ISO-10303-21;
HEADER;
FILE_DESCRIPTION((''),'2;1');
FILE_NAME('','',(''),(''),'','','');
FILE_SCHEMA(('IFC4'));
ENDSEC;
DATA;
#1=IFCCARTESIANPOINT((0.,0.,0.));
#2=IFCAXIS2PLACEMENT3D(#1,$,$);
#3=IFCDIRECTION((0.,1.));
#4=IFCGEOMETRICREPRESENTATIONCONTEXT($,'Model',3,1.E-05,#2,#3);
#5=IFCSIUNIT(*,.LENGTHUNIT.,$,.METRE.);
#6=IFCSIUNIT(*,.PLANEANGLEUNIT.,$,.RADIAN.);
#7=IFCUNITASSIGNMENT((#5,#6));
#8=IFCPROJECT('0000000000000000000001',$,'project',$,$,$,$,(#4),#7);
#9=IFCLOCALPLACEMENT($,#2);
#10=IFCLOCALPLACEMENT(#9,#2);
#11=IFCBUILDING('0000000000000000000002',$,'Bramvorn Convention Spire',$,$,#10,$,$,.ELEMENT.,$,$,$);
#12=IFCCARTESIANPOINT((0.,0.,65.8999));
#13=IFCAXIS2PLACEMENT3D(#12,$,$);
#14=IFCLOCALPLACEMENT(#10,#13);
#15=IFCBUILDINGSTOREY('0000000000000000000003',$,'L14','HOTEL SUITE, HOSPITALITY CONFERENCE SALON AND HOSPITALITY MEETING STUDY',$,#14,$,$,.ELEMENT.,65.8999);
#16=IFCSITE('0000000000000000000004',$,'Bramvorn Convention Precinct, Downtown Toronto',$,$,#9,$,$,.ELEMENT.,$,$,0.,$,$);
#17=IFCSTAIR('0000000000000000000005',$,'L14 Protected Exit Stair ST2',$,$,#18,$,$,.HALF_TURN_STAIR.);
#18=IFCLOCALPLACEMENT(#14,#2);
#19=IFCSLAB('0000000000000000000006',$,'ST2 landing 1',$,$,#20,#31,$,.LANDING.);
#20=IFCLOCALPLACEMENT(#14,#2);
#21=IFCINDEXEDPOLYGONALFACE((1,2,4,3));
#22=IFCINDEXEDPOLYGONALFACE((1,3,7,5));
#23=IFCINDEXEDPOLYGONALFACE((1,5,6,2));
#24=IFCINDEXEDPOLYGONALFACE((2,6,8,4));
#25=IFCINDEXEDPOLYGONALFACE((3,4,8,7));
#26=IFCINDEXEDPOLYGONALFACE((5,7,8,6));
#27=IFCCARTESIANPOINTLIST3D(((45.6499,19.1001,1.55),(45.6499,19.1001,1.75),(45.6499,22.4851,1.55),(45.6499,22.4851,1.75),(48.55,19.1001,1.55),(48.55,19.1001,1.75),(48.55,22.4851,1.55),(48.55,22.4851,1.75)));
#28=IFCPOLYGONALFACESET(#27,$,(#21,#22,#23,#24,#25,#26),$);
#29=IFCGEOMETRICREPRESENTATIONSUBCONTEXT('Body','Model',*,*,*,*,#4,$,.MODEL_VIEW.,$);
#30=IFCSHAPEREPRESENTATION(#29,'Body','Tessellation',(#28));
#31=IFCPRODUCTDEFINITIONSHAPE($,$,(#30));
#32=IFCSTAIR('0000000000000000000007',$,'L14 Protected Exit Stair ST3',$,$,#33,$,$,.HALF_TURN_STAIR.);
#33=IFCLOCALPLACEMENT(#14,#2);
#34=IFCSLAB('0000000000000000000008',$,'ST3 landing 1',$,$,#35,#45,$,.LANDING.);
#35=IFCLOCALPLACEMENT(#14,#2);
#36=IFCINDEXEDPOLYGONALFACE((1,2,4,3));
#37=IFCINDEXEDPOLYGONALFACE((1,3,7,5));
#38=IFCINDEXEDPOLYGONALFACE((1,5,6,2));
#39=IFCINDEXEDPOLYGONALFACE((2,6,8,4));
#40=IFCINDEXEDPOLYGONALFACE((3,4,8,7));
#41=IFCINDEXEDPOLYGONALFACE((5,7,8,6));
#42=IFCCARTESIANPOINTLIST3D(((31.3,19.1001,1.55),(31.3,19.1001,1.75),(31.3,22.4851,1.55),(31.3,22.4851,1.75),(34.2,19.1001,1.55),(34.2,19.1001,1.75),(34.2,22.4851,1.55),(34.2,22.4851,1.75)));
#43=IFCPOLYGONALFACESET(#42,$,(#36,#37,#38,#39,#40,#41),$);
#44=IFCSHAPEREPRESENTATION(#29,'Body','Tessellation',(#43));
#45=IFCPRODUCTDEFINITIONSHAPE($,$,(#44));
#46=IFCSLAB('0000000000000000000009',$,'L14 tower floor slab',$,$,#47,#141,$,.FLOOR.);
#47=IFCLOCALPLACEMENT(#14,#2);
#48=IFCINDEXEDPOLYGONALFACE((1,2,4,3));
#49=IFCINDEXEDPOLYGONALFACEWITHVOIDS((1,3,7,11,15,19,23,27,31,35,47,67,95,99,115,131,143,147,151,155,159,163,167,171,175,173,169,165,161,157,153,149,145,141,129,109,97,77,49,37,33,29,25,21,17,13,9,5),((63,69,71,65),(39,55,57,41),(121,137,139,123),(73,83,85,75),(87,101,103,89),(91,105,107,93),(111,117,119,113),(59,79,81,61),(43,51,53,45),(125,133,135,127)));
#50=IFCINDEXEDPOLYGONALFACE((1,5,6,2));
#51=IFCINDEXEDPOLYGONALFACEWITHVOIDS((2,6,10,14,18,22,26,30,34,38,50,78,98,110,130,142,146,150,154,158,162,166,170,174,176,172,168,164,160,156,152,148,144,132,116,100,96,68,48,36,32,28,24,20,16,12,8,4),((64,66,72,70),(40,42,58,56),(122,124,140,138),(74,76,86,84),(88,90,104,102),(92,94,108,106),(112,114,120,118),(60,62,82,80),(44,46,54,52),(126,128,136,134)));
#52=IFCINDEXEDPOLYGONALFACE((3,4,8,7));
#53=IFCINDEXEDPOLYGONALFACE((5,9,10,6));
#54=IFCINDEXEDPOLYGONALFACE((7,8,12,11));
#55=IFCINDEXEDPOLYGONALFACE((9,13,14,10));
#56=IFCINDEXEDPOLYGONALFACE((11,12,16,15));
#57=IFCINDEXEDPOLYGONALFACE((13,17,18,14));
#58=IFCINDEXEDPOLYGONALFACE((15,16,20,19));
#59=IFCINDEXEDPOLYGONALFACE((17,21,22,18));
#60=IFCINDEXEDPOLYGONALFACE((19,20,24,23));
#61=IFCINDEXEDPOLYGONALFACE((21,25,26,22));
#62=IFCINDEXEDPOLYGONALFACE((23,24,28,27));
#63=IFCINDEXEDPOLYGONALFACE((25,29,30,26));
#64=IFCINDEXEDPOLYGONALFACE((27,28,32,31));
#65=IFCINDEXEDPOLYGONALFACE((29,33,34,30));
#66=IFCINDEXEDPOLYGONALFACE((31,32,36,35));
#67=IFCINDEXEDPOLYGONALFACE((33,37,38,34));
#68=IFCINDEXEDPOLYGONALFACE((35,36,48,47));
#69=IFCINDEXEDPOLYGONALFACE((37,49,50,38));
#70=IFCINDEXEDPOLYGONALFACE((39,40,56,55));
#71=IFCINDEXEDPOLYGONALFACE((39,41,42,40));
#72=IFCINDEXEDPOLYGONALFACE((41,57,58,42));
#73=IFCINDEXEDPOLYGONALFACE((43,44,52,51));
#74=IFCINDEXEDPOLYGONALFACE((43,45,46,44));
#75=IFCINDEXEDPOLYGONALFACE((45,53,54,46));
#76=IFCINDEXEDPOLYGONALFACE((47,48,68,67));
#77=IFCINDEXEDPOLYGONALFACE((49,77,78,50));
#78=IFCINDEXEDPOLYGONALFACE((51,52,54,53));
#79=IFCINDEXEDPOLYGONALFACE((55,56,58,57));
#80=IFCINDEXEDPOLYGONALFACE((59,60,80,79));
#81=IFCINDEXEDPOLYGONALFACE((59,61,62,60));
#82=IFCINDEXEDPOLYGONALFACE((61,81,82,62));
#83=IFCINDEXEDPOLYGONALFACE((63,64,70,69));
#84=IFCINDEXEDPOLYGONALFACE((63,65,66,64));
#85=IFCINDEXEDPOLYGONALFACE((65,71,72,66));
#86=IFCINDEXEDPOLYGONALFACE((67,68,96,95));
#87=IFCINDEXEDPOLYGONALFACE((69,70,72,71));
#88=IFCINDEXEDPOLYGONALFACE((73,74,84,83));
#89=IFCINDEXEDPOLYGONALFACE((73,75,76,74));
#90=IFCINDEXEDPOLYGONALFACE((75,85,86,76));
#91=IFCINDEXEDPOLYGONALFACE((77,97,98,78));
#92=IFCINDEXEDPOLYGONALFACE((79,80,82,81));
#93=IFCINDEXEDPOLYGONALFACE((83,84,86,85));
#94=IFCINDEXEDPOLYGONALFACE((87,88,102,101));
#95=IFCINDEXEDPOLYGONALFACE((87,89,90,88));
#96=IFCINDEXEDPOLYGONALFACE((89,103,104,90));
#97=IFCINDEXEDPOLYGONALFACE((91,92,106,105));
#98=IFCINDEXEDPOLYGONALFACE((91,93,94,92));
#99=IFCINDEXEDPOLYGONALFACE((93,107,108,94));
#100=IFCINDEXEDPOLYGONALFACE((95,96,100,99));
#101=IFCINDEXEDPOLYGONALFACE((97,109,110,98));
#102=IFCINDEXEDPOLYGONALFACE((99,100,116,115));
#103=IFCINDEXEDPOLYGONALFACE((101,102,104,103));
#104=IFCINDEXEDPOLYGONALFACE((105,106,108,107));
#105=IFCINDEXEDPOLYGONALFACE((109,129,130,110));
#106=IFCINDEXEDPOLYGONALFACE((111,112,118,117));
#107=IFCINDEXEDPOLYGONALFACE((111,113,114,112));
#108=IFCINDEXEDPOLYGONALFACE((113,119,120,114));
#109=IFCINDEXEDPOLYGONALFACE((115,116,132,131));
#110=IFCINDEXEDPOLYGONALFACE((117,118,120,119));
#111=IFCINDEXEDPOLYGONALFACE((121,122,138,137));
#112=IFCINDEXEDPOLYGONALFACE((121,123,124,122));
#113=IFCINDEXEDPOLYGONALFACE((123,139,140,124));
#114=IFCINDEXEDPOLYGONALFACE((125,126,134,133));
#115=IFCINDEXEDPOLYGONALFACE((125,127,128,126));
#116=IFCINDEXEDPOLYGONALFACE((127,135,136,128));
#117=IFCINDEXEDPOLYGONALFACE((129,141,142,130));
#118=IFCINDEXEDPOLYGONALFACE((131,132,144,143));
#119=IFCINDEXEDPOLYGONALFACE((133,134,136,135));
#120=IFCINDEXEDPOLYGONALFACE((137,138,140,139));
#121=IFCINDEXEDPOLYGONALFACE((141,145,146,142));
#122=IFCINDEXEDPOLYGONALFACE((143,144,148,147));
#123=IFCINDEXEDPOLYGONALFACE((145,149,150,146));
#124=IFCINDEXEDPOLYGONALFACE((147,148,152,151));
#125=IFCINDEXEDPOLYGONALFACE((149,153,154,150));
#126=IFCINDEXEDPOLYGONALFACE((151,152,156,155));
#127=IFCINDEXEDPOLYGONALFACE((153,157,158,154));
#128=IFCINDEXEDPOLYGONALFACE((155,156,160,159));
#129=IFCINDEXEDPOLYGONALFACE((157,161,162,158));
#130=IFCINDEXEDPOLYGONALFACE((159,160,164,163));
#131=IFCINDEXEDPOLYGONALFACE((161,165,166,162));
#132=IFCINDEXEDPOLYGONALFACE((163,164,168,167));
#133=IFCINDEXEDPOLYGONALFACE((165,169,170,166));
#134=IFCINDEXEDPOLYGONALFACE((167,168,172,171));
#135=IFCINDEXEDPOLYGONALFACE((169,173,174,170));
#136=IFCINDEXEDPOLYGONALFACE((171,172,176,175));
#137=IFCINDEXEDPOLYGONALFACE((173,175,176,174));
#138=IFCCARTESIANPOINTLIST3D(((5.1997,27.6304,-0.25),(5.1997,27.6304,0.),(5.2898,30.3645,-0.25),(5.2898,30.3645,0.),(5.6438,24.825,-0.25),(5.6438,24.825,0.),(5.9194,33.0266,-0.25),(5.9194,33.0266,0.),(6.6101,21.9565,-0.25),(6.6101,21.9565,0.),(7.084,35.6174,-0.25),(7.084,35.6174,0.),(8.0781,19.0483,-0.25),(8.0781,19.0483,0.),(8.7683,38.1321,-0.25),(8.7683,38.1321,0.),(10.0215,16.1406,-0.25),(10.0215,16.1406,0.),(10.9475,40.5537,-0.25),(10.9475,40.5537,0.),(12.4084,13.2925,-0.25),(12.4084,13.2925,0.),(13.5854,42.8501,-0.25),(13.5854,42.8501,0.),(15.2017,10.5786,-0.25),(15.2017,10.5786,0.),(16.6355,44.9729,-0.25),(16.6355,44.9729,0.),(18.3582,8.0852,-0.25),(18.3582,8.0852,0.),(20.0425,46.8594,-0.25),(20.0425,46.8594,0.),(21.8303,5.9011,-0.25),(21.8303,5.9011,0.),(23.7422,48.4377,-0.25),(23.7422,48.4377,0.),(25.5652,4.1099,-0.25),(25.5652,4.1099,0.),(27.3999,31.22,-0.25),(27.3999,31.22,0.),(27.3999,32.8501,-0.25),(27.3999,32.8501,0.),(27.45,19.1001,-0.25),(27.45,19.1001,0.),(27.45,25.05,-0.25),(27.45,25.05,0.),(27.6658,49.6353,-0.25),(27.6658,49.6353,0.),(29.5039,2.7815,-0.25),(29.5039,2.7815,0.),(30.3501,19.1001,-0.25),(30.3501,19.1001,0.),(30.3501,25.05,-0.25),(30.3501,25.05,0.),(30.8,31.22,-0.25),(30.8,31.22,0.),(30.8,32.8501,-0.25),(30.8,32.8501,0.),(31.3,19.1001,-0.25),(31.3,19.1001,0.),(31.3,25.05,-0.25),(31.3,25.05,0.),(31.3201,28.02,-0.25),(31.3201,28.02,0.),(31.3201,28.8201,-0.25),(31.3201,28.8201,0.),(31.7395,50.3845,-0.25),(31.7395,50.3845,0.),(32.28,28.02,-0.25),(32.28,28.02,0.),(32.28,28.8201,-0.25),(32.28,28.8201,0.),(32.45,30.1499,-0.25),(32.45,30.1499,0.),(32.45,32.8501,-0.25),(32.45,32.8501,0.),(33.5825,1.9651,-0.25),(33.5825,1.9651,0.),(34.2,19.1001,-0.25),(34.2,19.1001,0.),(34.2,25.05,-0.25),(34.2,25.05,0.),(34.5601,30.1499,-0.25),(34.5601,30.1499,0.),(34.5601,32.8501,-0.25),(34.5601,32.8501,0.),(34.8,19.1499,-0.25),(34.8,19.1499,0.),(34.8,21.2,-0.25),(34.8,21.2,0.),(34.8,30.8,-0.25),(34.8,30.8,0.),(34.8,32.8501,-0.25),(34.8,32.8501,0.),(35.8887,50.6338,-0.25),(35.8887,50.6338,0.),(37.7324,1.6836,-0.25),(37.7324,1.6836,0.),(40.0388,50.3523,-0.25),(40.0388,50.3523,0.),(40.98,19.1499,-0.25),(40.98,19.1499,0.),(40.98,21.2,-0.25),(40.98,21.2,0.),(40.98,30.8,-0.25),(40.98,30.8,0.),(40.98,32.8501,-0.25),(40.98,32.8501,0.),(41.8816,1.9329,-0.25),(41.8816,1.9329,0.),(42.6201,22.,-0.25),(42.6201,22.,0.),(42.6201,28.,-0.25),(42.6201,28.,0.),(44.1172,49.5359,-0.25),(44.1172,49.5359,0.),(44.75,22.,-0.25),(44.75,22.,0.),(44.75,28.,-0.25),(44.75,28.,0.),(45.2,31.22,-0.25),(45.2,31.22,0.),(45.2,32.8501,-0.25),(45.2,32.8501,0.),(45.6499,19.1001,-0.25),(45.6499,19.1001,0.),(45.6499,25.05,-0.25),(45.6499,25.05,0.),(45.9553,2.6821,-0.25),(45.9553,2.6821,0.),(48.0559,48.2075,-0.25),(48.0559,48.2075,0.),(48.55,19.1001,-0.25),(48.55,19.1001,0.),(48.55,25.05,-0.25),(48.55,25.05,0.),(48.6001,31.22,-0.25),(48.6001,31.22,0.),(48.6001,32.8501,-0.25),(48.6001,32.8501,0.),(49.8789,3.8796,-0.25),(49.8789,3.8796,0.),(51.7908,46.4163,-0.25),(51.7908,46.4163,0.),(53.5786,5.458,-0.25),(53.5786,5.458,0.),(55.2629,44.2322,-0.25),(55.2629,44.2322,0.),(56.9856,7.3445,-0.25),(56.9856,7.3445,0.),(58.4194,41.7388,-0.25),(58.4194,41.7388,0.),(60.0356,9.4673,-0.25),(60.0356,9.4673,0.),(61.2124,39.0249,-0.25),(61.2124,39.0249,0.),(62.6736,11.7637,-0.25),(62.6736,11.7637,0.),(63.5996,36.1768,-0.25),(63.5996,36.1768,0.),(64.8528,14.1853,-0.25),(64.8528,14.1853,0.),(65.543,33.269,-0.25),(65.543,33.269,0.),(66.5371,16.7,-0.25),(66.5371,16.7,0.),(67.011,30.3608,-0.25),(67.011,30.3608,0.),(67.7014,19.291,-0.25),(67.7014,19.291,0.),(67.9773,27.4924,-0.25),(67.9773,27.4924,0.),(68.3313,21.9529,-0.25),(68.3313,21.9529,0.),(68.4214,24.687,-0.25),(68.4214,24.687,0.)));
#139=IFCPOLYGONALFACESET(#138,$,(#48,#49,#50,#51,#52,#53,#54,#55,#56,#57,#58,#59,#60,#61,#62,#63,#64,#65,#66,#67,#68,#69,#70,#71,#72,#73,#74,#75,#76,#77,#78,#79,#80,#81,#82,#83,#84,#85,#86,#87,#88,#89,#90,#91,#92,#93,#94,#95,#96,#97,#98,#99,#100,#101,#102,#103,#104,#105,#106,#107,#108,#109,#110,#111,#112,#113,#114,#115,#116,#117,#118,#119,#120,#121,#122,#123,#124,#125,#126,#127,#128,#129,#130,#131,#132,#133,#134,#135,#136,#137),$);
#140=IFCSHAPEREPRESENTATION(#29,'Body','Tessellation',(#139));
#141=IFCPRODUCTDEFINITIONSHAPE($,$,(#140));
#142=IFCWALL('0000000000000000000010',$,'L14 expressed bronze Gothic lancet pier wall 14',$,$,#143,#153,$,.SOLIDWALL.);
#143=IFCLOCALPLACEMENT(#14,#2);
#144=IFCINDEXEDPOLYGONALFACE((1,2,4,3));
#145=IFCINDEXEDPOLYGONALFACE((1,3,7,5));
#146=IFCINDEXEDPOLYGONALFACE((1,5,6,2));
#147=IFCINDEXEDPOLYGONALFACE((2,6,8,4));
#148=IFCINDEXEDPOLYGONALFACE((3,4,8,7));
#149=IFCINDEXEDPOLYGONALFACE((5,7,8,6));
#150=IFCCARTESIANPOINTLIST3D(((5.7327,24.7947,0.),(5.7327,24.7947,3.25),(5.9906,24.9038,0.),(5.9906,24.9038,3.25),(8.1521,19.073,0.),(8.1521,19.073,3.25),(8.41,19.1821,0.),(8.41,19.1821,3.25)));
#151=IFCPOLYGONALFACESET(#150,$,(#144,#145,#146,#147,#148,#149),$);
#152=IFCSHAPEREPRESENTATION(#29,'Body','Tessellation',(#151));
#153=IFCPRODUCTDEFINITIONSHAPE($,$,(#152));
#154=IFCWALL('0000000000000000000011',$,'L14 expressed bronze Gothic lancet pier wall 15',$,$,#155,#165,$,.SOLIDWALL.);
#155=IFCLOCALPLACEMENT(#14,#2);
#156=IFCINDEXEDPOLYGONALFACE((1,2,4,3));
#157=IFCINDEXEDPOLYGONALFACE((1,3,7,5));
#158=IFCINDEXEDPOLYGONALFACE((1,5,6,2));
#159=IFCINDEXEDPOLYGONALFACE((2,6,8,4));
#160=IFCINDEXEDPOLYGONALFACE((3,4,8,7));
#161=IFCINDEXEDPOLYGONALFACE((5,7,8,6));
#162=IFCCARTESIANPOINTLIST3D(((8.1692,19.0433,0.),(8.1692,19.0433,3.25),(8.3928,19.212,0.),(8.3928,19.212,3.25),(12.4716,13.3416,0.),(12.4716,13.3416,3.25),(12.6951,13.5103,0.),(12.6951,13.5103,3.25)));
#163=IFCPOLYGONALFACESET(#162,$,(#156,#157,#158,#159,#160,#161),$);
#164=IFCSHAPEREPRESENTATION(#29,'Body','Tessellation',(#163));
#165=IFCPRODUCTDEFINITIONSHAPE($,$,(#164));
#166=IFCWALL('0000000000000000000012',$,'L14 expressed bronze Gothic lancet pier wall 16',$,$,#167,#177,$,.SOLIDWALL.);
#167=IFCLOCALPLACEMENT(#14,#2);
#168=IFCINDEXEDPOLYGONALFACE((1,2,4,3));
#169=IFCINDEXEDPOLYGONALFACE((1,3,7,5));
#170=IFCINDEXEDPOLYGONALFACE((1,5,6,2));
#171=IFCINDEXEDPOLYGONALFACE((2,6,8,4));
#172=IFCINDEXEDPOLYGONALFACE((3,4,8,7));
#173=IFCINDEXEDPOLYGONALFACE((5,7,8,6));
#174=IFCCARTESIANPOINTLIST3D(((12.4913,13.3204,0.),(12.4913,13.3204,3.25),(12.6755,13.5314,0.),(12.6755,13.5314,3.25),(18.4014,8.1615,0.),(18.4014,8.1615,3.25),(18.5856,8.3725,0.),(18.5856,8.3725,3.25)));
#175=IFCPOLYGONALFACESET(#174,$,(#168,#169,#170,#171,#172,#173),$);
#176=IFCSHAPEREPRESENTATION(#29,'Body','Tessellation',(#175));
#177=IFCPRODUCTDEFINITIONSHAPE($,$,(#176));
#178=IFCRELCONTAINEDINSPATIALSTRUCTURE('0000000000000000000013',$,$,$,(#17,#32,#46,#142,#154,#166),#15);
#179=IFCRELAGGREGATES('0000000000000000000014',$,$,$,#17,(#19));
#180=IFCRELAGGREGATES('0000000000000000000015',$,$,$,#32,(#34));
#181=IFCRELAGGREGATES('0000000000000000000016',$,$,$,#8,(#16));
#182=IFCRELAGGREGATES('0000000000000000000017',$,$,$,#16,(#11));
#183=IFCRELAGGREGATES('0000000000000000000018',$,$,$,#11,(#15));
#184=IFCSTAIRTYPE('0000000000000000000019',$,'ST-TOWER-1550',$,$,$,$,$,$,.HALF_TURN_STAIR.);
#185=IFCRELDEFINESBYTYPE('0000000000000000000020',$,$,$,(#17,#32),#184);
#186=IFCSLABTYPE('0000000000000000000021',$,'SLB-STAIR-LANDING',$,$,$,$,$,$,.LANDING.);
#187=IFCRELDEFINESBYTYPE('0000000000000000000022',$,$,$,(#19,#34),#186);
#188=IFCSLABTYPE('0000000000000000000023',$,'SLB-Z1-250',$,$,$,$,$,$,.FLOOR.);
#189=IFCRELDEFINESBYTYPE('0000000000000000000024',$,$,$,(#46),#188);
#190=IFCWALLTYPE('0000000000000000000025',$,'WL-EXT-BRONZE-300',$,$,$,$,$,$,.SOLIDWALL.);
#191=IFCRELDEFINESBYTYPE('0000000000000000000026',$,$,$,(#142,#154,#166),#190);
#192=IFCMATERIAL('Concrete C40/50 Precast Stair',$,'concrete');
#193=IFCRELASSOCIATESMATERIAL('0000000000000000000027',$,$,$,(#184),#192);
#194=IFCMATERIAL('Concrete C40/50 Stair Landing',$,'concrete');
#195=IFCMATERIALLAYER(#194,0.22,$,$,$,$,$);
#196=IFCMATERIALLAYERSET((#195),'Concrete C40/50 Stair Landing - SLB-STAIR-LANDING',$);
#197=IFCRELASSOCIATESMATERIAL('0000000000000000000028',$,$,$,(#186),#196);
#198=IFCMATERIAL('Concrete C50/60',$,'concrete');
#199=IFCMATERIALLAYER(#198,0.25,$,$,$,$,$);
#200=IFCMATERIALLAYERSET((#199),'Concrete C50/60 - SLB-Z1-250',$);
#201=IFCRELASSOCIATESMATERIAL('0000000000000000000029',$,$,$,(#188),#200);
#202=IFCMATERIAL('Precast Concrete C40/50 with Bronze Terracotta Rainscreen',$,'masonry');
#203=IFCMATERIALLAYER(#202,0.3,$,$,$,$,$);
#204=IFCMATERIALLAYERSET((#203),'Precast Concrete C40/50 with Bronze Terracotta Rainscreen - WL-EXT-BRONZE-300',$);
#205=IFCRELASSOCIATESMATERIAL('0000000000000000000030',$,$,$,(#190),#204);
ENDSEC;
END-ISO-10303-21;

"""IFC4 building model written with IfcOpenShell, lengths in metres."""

from ifc_helpers import new_model, si_unit, direction, frame, frame_2d, origin, place, context, subcontext, project, spatial, polyline, rectangle, outline, extrude, material, layer, layer_set, type_object, element, aggregate, save


model = new_model("IFC4")

# Units and contexts
model_context = context("Model", 3, precision=1e-05, world=origin(), true_north=direction((0.0, 1.0)))
body_context = subcontext(model_context, "Body", "Model", "MODEL_VIEW")
ifc_project = project(units=[si_unit("LENGTHUNIT", "METRE"), si_unit("PLANEANGLEUNIT", "RADIAN")], contexts=[model_context])

# Site, building, storey
site_placement = place(None, origin())
site = spatial("IfcSite", under=ifc_project, at=site_placement, Name="Bramvorn Convention Precinct, Downtown Toronto", CompositionType="ELEMENT", RefElevation=0.0)
building_placement = place(site_placement, origin())
building = spatial("IfcBuilding", under=site, at=building_placement, Name="Bramvorn Convention Spire", CompositionType="ELEMENT")
storey_placement = place(building_placement, frame((0.0, 0.0, 65.8999)))
storey = spatial("IfcBuildingStorey", under=building, at=storey_placement, Name="L14", Description="HOTEL SUITE, HOSPITALITY CONFERENCE SALON AND HOSPITALITY MEETING STUDY", CompositionType="ELEMENT", Elevation=65.8999)

# Stairs, slabs
ifc_material_1 = material(Name="Concrete C40/50 Precast Stair", Category="concrete")
stair_type = type_object("IfcStairType", Name="ST-TOWER-1550", PredefinedType="HALF_TURN_STAIR", material=ifc_material_1)
ifc_material_2 = material(Name="Concrete C40/50 Stair Landing", Category="concrete")
ifc_layer_1 = layer(ifc_material_2, 0.22)
ifc_layer_set_1 = layer_set([ifc_layer_1], Name="Concrete C40/50 Stair Landing - SLB-STAIR-LANDING")
slab_type_1 = type_object("IfcSlabType", Name="SLB-STAIR-LANDING", PredefinedType="LANDING", material=ifc_layer_set_1)
stair_1_placement = place(storey_placement, origin())
stair_1 = element("IfcStair", 1, at=stair_1_placement, inside=storey, type_object=stair_type, Name="L14 Protected Exit Stair ST2", PredefinedType="HALF_TURN_STAIR")
slab_1_placement = place(storey_placement, frame((0.0, 0.0, 1.55)))
slab_1 = element("IfcSlab", 2, at=slab_1_placement, type_object=slab_type_1, Name="ST2 landing 1", PredefinedType="LANDING", context=body_context, shape_type="SweptSolid", body=[
    extrude(outline(polyline([(45.6499, 22.4851), (45.6499, 19.1001), (48.55, 19.1001), (48.55, 22.4851), (45.6499, 22.4851)])), origin(), (0.0, 0.0, 1.0), 0.2),
])
aggregate(stair_1, [slab_1])
stair_2_placement = place(storey_placement, origin())
stair_2 = element("IfcStair", 3, at=stair_2_placement, inside=storey, type_object=stair_type, Name="L14 Protected Exit Stair ST3", PredefinedType="HALF_TURN_STAIR")
slab_2_placement = place(storey_placement, frame((0.0, 0.0, 1.55)))
slab_2 = element("IfcSlab", 4, at=slab_2_placement, type_object=slab_type_1, Name="ST3 landing 1", PredefinedType="LANDING", context=body_context, shape_type="SweptSolid", body=[
    extrude(outline(polyline([(31.3, 22.4851), (31.3, 19.1001), (34.2, 19.1001), (34.2, 22.4851), (31.3, 22.4851)])), origin(), (0.0, 0.0, 1.0), 0.2),
])
aggregate(stair_2, [slab_2])

# Slab
ifc_material_3 = material(Name="Concrete C50/60", Category="concrete")
ifc_layer_2 = layer(ifc_material_3, 0.25)
ifc_layer_set_2 = layer_set([ifc_layer_2], Name="Concrete C50/60 - SLB-Z1-250")
slab_type_2 = type_object("IfcSlabType", Name="SLB-Z1-250", PredefinedType="FLOOR", material=ifc_layer_set_2)
slab_3_placement = place(storey_placement, frame((0.0, 0.0, -0.25)))
element("IfcSlab", 5, at=slab_3_placement, inside=storey, type_object=slab_type_2, Name="L14 tower floor slab", PredefinedType="FLOOR", context=body_context, shape_type="SweptSolid", body=[
    extrude(outline(polyline([(68.3313, 21.9529), (68.4214, 24.687), (67.9773, 27.4924), (67.011, 30.3608), (65.543, 33.269), (63.5996, 36.1768), (61.2124, 39.0249), (58.4194, 41.7388), (55.2629, 44.2322), (51.7908, 46.4163), (48.0559, 48.2075), (44.1172, 49.5359), (40.0388, 50.3523), (35.8887, 50.6338), (31.7395, 50.3845), (27.6658, 49.6353), (23.7422, 48.4377), (20.0425, 46.8594), (16.6355, 44.9729), (13.5854, 42.8501), (10.9475, 40.5537), (8.7683, 38.1321), (7.084, 35.6174), (5.9194, 33.0266), (5.2898, 30.3645), (5.1997, 27.6304), (5.6438, 24.825), (6.6101, 21.9565), (8.0781, 19.0483), (10.0215, 16.1406), (12.4084, 13.2925), (15.2017, 10.5786), (18.3582, 8.0852), (21.8303, 5.9011), (25.5652, 4.1099), (29.5039, 2.7815), (33.5825, 1.9651), (37.7324, 1.6836), (41.8816, 1.9329), (45.9553, 2.6821), (49.8789, 3.8796), (53.5786, 5.458), (56.9856, 7.3445), (60.0356, 9.4673), (62.6736, 11.7637), (64.8528, 14.1853), (66.5371, 16.7), (67.7014, 19.291), (68.3313, 21.9529)]), holes=[polyline([(27.45, 25.05), (27.45, 19.1001), (30.3501, 19.1001), (30.3501, 25.05), (27.45, 25.05)]), polyline([(45.6499, 25.05), (45.6499, 19.1001), (48.55, 19.1001), (48.55, 25.05), (45.6499, 25.05)]), polyline([(31.3, 25.05), (31.3, 19.1001), (34.2, 19.1001), (34.2, 25.05), (31.3, 25.05)]), polyline([(27.3999, 31.22), (30.8, 31.22), (30.8, 32.8501), (27.3999, 32.8501), (27.3999, 31.22)]), polyline([(45.2, 31.22), (48.6001, 31.22), (48.6001, 32.8501), (45.2, 32.8501), (45.2, 31.22)]), polyline([(32.45, 30.1499), (34.5601, 30.1499), (34.5601, 32.8501), (32.45, 32.8501), (32.45, 30.1499)]), polyline([(34.8, 30.8), (40.98, 30.8), (40.98, 32.8501), (34.8, 32.8501), (34.8, 30.8)]), polyline([(34.8, 19.1499), (40.98, 19.1499), (40.98, 21.2), (34.8, 21.2), (34.8, 19.1499)]), polyline([(42.6201, 22.0), (44.75, 22.0), (44.75, 28.0), (42.6201, 28.0), (42.6201, 22.0)]), polyline([(31.3201, 28.02), (32.28, 28.02), (32.28, 28.8201), (31.3201, 28.8201), (31.3201, 28.02)])]), origin(), (0.0, 0.0, 1.0), 0.25),
])

# Walls
ifc_material_4 = material(Name="Precast Concrete C40/50 with Bronze Terracotta Rainscreen", Category="masonry")
ifc_layer_3 = layer(ifc_material_4, 0.3)
ifc_layer_set_3 = layer_set([ifc_layer_3], Name="Precast Concrete C40/50 with Bronze Terracotta Rainscreen - WL-EXT-BRONZE-300")
wall_type_1 = type_object("IfcWallType", Name="WL-EXT-BRONZE-300", PredefinedType="SOLIDWALL", material=ifc_layer_set_3)
wall_1_placement = place(storey_placement, frame((8.281, 19.1277, 0.0), z_axis=(0.0, 0.0, 1.0), x_axis=(-0.389466, 0.921041, 0.0)))
element("IfcWall", 6, at=wall_1_placement, inside=storey, type_object=wall_type_1, Name="L14 expressed bronze Gothic lancet pier wall 14", PredefinedType="SOLIDWALL", context=body_context, shape_type="SweptSolid", body=[
    extrude(rectangle(XDim=6.2122, YDim=0.28, at=frame_2d((3.106, 0.0))), origin(), (0.0, 0.0, 1.0), 3.25),
])
wall_2_placement = place(storey_placement, frame((12.5833, 13.426, 0.0), z_axis=(0.0, 0.0, 1.0), x_axis=(-0.602327, 0.798249, 0.0)))
element("IfcWall", 7, at=wall_2_placement, inside=storey, type_object=wall_type_1, Name="L14 expressed bronze Gothic lancet pier wall 15", PredefinedType="SOLIDWALL", context=body_context, shape_type="SweptSolid", body=[
    extrude(rectangle(XDim=7.1428, YDim=0.28, at=frame_2d((3.5713, 0.0))), origin(), (0.0, 0.0, 1.0), 3.25),
])
wall_3_placement = place(storey_placement, frame((18.4934, 8.2671, 0.0), z_axis=(0.0, 0.0, 1.0), x_axis=(-0.753363, 0.657605, 0.0)))
element("IfcWall", 8, at=wall_3_placement, inside=storey, type_object=wall_type_1, Name="L14 expressed bronze Gothic lancet pier wall 16", PredefinedType="SOLIDWALL", context=body_context, shape_type="SweptSolid", body=[
    extrude(rectangle(XDim=7.845, YDim=0.28, at=frame_2d((3.9224, 0.0))), origin(), (0.0, 0.0, 1.0), 3.25),
])

save(model, "model.ifc")
